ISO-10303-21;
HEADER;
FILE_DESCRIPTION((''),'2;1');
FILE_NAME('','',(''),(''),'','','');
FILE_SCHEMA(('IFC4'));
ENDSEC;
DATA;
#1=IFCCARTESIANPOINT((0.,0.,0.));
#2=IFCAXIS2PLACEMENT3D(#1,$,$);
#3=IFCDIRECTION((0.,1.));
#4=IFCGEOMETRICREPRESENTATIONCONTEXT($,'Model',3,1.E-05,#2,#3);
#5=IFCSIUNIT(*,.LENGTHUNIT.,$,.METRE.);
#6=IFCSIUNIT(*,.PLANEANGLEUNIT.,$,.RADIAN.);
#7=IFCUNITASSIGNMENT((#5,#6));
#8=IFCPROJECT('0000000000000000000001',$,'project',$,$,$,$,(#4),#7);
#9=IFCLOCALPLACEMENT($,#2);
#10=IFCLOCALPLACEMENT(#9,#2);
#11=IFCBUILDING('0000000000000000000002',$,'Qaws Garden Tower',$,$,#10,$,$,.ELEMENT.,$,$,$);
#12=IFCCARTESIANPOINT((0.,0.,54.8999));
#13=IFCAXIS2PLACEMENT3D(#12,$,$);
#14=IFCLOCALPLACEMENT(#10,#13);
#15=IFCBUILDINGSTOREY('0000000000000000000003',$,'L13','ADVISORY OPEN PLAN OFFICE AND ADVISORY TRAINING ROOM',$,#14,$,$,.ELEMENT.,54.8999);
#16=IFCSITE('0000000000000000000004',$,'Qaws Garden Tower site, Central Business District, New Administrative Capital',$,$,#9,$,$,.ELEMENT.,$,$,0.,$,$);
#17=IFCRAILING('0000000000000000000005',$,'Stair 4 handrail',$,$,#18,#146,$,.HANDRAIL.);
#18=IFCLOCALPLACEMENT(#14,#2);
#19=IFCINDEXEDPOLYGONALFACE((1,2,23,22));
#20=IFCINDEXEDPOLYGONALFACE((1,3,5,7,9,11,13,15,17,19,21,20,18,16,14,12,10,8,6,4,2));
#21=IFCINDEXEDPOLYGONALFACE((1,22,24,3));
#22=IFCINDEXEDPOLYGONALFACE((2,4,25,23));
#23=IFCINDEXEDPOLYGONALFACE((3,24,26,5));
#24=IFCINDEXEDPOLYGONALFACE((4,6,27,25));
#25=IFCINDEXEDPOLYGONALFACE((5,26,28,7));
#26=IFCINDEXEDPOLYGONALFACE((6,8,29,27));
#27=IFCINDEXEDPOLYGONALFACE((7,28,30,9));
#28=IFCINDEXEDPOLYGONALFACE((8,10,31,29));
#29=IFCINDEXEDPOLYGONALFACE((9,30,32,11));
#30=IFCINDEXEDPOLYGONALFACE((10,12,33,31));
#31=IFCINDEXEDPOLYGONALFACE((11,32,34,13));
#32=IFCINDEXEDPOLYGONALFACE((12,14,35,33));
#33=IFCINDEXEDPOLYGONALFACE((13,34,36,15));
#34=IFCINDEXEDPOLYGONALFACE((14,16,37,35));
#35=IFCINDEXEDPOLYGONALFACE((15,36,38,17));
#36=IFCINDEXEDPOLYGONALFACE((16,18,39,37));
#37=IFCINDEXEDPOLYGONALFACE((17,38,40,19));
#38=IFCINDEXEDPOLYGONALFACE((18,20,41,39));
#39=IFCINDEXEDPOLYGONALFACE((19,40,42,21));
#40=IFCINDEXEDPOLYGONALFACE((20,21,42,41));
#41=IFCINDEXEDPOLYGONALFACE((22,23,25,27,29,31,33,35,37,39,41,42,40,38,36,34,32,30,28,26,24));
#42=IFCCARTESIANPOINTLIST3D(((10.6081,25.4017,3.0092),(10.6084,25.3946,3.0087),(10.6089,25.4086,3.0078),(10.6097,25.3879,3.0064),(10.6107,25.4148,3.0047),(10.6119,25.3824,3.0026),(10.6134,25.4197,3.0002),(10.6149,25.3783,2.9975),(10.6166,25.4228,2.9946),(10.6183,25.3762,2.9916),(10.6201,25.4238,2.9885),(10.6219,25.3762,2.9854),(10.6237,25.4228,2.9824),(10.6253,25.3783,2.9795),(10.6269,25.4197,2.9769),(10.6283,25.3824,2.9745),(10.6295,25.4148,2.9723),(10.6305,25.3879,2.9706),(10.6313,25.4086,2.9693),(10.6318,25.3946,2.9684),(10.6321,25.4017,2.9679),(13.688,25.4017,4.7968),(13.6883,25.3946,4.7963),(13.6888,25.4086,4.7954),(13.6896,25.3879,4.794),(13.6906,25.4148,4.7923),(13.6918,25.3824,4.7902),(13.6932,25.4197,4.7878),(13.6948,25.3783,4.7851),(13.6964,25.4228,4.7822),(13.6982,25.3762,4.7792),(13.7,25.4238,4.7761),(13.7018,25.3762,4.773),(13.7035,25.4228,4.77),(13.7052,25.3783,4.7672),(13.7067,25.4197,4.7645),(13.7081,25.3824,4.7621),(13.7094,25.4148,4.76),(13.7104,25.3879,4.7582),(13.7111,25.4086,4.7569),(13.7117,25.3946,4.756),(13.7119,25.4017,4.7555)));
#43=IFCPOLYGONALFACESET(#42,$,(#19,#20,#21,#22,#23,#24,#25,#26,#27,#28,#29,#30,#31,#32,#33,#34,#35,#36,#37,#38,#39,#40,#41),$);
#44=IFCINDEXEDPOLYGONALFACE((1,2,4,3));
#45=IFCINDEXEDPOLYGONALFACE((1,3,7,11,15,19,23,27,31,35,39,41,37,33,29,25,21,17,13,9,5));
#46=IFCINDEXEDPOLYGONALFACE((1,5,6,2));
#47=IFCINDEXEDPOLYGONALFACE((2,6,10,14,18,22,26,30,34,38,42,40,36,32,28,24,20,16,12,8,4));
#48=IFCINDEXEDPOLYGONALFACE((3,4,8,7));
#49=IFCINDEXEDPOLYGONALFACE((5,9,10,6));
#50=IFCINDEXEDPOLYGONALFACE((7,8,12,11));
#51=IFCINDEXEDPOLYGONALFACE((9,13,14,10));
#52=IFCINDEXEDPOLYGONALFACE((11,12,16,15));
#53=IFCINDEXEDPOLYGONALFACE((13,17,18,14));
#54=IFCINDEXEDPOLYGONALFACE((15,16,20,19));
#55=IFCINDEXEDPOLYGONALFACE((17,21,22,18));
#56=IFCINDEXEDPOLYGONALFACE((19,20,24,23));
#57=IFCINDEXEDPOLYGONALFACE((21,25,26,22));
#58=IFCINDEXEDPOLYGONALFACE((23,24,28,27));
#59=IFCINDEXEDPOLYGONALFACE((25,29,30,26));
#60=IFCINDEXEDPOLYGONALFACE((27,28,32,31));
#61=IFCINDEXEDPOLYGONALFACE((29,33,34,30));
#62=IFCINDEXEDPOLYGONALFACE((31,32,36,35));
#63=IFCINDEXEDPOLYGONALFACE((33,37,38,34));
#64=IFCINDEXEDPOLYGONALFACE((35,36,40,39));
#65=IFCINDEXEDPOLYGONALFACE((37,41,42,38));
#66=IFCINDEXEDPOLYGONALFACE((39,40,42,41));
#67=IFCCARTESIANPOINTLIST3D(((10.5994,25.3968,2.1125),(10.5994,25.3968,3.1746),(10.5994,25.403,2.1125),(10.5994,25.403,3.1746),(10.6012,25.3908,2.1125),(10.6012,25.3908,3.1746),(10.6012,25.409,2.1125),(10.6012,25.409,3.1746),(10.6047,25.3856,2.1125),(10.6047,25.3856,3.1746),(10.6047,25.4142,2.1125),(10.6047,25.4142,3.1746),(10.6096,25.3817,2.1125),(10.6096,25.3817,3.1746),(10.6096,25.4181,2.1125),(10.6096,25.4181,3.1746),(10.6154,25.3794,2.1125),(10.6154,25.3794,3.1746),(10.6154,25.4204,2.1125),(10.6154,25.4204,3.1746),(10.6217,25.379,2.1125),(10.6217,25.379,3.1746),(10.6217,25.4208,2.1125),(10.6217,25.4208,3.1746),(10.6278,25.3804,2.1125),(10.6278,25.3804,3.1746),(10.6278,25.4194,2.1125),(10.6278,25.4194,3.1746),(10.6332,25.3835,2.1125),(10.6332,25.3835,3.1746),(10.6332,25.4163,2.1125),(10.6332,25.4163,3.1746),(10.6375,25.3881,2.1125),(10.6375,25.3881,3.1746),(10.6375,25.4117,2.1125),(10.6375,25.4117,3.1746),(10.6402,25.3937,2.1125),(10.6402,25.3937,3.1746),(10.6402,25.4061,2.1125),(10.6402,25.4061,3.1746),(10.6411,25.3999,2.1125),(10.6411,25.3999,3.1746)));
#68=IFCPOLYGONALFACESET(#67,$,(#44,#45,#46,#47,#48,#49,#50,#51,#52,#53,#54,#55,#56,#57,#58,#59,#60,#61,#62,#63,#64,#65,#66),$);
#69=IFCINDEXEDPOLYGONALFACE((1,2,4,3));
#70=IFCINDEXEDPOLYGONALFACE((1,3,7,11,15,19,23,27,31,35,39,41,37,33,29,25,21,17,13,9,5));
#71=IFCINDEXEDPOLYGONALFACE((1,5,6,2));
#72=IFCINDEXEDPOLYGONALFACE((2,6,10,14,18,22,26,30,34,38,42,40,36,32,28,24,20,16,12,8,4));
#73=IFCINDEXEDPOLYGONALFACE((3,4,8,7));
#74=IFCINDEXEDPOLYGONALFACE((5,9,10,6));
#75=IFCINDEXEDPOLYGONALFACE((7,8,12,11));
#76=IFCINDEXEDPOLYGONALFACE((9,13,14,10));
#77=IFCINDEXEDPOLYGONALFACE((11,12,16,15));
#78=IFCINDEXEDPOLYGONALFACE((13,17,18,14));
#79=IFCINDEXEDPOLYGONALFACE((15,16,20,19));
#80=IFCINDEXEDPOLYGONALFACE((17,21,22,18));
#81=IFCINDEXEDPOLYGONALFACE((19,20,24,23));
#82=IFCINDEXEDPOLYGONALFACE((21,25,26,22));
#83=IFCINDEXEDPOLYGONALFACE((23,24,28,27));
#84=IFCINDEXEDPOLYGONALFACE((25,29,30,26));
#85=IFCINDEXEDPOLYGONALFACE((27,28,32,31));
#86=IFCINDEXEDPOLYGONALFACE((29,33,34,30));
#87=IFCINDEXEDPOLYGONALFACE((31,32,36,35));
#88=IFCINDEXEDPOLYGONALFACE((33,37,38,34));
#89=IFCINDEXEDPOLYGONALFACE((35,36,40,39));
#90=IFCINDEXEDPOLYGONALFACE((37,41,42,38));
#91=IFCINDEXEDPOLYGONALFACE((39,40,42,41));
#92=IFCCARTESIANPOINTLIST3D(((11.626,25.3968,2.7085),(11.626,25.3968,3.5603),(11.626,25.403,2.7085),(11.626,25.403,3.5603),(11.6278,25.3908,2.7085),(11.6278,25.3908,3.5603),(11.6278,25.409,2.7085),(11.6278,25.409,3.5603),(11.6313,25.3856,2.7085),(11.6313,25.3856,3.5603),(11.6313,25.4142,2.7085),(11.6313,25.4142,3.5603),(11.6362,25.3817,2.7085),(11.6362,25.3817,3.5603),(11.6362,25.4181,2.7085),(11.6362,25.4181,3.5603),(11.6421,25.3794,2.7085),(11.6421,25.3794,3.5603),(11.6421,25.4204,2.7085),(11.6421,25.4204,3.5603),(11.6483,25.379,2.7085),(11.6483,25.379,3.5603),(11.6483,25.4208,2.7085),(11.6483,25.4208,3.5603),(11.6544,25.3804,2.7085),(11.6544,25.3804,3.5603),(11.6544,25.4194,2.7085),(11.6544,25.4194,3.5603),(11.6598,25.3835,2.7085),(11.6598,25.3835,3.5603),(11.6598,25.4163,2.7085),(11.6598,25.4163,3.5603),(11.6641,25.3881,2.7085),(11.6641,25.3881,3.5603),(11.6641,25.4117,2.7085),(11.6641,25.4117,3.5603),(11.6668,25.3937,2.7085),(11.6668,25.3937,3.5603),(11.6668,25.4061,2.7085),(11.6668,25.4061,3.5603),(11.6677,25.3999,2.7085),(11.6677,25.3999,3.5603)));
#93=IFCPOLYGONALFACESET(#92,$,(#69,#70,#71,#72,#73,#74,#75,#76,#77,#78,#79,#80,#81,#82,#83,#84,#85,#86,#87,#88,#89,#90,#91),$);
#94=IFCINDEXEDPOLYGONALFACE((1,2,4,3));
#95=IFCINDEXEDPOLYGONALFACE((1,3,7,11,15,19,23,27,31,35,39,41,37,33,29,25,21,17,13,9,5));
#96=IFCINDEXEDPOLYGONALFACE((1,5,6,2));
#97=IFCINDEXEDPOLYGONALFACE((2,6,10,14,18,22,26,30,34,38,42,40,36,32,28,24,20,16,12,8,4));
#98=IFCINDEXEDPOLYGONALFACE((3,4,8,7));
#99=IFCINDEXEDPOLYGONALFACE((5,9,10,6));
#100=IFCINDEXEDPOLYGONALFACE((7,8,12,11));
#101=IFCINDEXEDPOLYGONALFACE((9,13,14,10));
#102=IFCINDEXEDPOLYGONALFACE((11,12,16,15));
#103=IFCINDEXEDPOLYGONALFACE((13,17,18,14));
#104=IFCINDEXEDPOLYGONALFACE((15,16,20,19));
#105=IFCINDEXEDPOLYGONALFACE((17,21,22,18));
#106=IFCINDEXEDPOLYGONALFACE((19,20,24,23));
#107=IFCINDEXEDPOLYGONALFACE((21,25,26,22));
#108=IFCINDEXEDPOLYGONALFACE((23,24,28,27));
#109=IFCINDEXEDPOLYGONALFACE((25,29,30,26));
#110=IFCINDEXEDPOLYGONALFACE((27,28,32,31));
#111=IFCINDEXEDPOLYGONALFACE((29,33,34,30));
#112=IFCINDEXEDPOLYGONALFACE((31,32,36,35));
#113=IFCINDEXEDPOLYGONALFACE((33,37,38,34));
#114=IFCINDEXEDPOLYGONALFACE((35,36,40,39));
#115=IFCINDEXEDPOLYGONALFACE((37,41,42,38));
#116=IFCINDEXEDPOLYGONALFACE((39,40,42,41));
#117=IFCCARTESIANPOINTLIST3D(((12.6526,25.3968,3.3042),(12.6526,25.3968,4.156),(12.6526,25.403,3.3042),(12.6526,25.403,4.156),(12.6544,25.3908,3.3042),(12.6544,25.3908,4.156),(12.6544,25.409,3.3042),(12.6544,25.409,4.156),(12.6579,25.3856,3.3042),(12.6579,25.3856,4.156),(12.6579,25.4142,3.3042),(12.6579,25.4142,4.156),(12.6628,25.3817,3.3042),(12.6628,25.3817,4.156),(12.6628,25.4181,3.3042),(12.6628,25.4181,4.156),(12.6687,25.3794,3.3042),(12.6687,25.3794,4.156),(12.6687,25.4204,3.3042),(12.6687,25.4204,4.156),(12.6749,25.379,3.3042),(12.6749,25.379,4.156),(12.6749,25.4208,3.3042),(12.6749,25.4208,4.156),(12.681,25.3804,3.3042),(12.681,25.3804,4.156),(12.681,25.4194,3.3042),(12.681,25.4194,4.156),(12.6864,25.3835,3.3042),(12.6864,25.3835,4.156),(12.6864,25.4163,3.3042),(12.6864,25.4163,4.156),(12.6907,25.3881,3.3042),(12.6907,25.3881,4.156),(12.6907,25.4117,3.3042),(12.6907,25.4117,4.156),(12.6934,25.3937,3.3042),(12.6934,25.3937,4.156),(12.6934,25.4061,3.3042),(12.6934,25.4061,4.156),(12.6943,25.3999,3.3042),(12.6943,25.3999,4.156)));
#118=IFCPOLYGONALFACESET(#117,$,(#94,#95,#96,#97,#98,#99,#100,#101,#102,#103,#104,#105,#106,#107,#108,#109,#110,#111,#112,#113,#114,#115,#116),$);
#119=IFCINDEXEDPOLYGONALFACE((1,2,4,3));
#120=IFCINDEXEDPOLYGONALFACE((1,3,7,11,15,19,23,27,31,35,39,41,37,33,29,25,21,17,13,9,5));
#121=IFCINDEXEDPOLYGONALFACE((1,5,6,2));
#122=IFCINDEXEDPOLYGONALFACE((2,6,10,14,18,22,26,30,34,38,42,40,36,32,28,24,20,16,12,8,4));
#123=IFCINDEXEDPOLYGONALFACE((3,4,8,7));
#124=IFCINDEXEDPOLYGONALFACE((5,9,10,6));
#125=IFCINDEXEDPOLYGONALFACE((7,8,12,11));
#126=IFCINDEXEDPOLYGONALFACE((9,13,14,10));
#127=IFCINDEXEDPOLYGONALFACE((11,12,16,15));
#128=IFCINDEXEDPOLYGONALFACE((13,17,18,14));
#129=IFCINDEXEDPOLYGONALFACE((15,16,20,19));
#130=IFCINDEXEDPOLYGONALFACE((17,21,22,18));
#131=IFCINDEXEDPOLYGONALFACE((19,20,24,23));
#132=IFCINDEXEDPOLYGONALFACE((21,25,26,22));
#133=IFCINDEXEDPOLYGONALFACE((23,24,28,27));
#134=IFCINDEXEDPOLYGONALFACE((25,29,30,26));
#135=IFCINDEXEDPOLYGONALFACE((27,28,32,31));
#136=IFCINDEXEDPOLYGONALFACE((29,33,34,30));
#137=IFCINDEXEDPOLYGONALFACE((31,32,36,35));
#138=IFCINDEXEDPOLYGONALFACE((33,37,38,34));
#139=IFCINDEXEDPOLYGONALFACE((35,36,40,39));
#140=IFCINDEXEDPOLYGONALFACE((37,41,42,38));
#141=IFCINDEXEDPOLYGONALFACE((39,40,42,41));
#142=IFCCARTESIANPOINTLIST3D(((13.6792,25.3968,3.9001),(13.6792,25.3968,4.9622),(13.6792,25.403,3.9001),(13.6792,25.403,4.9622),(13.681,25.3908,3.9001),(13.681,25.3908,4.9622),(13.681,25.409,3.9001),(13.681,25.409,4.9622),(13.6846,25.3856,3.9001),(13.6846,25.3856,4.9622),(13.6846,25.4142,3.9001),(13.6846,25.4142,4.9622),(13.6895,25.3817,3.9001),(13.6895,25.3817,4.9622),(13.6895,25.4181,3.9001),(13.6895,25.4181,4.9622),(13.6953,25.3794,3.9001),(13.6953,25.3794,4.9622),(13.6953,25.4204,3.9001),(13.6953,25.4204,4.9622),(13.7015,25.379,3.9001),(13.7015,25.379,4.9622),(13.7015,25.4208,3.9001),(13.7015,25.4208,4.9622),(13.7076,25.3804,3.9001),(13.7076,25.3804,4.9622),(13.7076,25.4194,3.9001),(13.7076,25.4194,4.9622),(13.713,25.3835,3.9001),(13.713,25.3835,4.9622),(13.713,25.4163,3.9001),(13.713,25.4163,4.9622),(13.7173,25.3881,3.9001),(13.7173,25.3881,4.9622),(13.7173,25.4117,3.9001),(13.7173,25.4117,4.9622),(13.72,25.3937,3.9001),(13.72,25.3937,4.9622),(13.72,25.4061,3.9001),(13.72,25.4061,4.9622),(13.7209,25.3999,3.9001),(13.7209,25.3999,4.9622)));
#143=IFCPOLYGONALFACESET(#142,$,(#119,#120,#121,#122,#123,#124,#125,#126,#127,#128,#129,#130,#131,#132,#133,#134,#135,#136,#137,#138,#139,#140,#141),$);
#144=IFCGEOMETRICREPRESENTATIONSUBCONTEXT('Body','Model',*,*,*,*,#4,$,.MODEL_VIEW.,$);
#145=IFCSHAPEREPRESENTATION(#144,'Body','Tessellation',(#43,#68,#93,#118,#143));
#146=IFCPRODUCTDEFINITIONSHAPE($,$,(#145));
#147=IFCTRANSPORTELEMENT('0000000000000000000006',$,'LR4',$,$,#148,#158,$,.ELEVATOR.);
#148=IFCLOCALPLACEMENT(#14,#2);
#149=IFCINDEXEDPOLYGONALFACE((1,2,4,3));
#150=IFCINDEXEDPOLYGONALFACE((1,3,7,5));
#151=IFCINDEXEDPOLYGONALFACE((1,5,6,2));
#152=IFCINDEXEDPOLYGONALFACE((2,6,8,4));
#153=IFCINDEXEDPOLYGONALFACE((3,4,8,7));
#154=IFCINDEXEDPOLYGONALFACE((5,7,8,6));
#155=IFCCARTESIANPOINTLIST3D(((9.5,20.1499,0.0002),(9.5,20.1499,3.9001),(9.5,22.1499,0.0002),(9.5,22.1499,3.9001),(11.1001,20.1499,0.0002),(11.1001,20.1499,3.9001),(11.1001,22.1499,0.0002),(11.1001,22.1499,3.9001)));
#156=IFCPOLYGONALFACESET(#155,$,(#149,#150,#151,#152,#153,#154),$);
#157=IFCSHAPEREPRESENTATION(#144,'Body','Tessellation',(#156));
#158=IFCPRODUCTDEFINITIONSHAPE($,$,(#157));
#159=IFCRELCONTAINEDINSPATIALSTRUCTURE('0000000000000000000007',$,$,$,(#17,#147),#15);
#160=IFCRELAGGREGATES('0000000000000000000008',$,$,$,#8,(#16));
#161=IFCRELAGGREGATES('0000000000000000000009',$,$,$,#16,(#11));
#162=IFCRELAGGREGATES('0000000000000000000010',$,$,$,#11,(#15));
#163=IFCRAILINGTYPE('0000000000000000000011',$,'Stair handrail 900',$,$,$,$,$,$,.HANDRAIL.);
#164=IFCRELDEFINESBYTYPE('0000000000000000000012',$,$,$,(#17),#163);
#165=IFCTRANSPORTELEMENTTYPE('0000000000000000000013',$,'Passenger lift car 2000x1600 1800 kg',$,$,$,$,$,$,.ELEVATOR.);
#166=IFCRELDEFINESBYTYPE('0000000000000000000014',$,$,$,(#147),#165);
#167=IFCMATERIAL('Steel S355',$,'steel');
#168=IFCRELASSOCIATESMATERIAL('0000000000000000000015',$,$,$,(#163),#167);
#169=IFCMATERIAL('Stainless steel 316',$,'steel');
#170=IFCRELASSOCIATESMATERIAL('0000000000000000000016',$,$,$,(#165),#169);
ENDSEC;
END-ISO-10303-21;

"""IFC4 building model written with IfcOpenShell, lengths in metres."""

from ifc_helpers import new_model, si_unit, direction, frame, origin, origin_2d, place, context, subcontext, project, spatial, rectangle, circle, extrude, material, type_object, element, save


model = new_model("IFC4")

# Units and contexts
model_context = context("Model", 3, precision=1e-05, world=origin(), true_north=direction((0.0, 1.0)))
body_context = subcontext(model_context, "Body", "Model", "MODEL_VIEW")
ifc_project = project(units=[si_unit("LENGTHUNIT", "METRE"), si_unit("PLANEANGLEUNIT", "RADIAN")], contexts=[model_context])

# Site, building, storey
site_placement = place(None, origin())
site = spatial("IfcSite", under=ifc_project, at=site_placement, Name="Qaws Garden Tower site, Central Business District, New Administrative Capital", CompositionType="ELEMENT", RefElevation=0.0)
building_placement = place(site_placement, origin())
building = spatial("IfcBuilding", under=site, at=building_placement, Name="Qaws Garden Tower", CompositionType="ELEMENT")
storey_placement = place(building_placement, frame((0.0, 0.0, 54.8999)))
storey = spatial("IfcBuildingStorey", under=building, at=storey_placement, Name="L13", Description="ADVISORY OPEN PLAN OFFICE AND ADVISORY TRAINING ROOM", CompositionType="ELEMENT", Elevation=54.8999)

# Railing
ifc_material_1 = material(Name="Steel S355", Category="steel")
railing_type = type_object("IfcRailingType", Name="Stair handrail 900", PredefinedType="HANDRAIL", material=ifc_material_1)
railing_1_placement = place(storey_placement, frame((10.6201, 25.3999, 2.1125)))
element("IfcRailing", 1, at=railing_1_placement, inside=storey, type_object=railing_type, Name="Stair 4 handrail", PredefinedType="HANDRAIL", context=body_context, shape_type="SweptSolid", body=[
    extrude(circle(Radius=0.0239, at=origin_2d()), frame((0.0, 0.0, 0.876), z_axis=(0.864873, 0.0, 0.50199), x_axis=(0.0, 1.0, 0.0)), (0.0, 0.0, 1.0), 3.561),
    extrude(circle(Radius=0.021, at=origin_2d()), origin(), (0.0, 0.0, 1.0), 1.062),
    extrude(circle(Radius=0.021, at=origin_2d()), frame((1.0266, 0.0, 0.5959)), (0.0, 0.0, 1.0), 0.8518),
    extrude(circle(Radius=0.021, at=origin_2d()), frame((2.0532, 0.0, 1.1917)), (0.0, 0.0, 1.0), 0.8518),
    extrude(circle(Radius=0.021, at=origin_2d()), frame((3.0798, 0.0, 1.7876)), (0.0, 0.0, 1.0), 1.062),
])

# Transport element
ifc_material_2 = material(Name="Stainless steel 316", Category="steel")
transport_element_type = type_object("IfcTransportElementType", Name="Passenger lift car 2000x1600 1800 kg", PredefinedType="ELEVATOR", material=ifc_material_2)
transport_element_placement = place(storey_placement, frame((10.3, 21.1499, 0.0002), z_axis=(0.0, 0.0, 1.0), x_axis=(1.0, 0.0, 0.0)))
element("IfcTransportElement", 2, at=transport_element_placement, inside=storey, type_object=transport_element_type, Name="LR4", PredefinedType="ELEVATOR", context=body_context, shape_type="SweptSolid", body=[
    extrude(rectangle(XDim=1.6001, YDim=2.0, at=origin_2d()), origin(), (0.0, 0.0, 1.0), 3.8999),
])

save(model, "model.ifc")
